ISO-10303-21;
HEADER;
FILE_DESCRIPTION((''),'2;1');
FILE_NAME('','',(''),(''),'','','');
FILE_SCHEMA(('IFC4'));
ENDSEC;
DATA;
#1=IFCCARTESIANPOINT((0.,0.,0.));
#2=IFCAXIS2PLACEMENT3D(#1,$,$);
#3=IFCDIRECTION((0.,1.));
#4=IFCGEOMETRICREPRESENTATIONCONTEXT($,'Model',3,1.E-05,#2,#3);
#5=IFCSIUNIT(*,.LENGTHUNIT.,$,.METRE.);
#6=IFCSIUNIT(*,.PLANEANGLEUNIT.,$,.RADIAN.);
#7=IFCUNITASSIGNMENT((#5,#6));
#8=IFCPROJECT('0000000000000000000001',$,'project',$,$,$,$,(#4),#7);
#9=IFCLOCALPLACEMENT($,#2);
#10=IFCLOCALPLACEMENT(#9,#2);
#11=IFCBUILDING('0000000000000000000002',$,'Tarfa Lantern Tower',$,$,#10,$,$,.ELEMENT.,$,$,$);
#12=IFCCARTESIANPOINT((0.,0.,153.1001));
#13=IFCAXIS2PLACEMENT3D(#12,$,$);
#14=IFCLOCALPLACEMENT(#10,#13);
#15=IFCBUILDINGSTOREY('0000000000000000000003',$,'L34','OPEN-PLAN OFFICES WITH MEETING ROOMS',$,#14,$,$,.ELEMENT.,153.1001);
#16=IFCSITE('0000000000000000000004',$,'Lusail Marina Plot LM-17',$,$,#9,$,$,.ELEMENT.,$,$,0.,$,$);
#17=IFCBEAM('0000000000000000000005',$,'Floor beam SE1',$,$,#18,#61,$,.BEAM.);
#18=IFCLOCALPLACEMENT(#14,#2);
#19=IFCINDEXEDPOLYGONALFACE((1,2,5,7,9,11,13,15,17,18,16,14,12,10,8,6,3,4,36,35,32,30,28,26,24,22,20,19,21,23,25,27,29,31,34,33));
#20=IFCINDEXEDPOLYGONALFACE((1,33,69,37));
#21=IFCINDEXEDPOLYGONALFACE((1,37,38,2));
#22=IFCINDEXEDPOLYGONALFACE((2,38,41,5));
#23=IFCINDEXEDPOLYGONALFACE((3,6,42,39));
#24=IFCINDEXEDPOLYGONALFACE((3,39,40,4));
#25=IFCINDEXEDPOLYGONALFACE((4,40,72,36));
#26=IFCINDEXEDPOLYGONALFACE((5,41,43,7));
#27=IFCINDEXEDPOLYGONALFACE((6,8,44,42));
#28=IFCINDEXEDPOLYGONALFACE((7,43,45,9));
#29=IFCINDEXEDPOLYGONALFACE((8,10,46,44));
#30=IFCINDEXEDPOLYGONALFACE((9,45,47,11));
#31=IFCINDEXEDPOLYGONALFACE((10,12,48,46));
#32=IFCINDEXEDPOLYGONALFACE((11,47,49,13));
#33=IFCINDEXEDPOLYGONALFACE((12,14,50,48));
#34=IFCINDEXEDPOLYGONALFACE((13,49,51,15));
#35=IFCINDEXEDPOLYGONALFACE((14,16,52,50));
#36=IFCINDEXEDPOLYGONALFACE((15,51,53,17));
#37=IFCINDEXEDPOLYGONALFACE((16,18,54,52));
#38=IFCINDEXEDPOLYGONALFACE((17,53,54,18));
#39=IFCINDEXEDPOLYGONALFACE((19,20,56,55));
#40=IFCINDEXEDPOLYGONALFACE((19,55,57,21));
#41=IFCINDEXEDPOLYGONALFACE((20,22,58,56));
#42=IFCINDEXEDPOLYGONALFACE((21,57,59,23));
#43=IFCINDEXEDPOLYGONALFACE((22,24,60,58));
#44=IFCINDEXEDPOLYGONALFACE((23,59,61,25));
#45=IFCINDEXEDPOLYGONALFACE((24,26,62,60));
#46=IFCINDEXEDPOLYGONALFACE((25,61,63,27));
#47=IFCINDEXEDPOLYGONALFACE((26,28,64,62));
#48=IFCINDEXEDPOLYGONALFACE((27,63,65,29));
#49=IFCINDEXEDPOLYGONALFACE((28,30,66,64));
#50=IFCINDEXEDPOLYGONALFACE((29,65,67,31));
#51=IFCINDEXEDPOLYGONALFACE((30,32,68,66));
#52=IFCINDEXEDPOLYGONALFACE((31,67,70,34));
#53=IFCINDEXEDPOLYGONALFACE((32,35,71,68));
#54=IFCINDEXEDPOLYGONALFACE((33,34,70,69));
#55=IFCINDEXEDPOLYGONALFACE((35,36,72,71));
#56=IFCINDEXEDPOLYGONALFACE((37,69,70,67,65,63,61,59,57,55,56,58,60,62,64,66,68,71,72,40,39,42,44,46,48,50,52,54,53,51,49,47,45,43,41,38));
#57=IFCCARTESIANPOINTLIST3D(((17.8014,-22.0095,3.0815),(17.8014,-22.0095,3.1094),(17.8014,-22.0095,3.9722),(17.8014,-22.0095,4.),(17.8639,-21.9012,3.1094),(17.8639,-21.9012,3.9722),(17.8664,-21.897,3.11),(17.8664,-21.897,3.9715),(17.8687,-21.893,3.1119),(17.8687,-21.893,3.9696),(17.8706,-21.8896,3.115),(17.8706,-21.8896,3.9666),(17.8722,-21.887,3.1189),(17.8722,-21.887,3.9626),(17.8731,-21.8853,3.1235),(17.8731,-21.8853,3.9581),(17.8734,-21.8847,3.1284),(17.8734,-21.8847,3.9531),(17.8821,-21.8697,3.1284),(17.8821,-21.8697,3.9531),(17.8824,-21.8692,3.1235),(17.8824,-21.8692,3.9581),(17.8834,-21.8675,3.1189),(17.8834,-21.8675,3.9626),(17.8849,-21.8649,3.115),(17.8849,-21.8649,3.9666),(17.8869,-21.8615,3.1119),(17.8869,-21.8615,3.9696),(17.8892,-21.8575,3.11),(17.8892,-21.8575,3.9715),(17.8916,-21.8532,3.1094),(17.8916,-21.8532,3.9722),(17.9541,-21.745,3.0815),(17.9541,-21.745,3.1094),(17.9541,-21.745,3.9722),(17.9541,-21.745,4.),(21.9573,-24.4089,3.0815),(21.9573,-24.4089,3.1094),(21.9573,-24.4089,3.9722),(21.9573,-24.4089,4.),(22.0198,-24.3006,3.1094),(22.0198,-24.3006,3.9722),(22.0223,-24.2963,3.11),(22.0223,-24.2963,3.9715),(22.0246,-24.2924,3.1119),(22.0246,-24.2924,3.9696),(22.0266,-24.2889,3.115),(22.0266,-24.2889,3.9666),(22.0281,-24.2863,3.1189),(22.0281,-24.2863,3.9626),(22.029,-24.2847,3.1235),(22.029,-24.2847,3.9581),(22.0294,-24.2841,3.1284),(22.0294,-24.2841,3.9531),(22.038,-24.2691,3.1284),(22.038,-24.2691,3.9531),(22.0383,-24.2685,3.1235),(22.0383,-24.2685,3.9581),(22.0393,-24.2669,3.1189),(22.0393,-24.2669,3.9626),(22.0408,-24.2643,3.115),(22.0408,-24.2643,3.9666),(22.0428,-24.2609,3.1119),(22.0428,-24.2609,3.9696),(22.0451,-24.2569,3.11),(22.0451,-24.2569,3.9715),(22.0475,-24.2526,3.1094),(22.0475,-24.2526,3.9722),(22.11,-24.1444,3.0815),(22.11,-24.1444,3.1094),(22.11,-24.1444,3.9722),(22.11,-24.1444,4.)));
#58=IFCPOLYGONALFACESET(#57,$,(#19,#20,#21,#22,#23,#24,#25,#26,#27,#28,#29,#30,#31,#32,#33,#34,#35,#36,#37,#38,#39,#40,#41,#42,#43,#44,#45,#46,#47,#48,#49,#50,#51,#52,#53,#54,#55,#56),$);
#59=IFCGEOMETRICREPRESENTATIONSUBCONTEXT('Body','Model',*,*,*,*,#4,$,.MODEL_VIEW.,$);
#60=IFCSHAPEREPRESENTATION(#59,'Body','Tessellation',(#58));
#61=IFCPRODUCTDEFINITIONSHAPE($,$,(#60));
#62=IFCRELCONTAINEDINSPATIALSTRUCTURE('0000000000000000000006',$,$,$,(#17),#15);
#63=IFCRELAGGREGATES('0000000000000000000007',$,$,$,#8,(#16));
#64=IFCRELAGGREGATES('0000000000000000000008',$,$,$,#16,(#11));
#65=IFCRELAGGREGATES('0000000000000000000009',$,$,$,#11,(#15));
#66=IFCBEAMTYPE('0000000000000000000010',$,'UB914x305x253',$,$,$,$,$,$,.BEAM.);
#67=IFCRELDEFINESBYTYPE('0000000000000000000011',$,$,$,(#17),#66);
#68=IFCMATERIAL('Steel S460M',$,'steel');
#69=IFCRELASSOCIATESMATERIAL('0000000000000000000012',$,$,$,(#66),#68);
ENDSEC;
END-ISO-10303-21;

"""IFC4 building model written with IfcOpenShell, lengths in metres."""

from ifc_helpers import new_model, si_unit, direction, frame, origin, origin_2d, place, context, subcontext, project, spatial, i_section, extrude, material, material_profile, profile_set, type_object, element, save


model = new_model("IFC4")

# Units and contexts
model_context = context("Model", 3, precision=1e-05, world=origin(), true_north=direction((0.0, 1.0)))
body_context = subcontext(model_context, "Body", "Model", "MODEL_VIEW")
ifc_project = project(units=[si_unit("LENGTHUNIT", "METRE"), si_unit("PLANEANGLEUNIT", "RADIAN")], contexts=[model_context])

# Site, building, storey
site_placement = place(None, origin())
site = spatial("IfcSite", under=ifc_project, at=site_placement, Name="Lusail Marina Plot LM-17", CompositionType="ELEMENT", RefElevation=0.0)
building_placement = place(site_placement, origin())
building = spatial("IfcBuilding", under=site, at=building_placement, Name="Tarfa Lantern Tower", CompositionType="ELEMENT")
storey_placement = place(building_placement, frame((0.0, 0.0, 153.1001)))
storey = spatial("IfcBuildingStorey", under=building, at=storey_placement, Name="L34", Description="OPEN-PLAN OFFICES WITH MEETING ROOMS", CompositionType="ELEMENT", Elevation=153.1001)

# Beam
ifc_material_1 = material(Name="Steel S460M", Category="steel")
ifc_material_profile_1 = material_profile(ifc_material_1, i_section(OverallWidth=0.3054, OverallDepth=0.9185, WebThickness=0.0173, FlangeThickness=0.0278, FilletRadius=0.019, at=origin_2d()), Name="UB914x305x253")
ifc_profile_set_1 = profile_set([ifc_material_profile_1], Name="Steel S460M")
beam_type_1 = type_object("IfcBeamType", Name="UB914x305x253", PredefinedType="BEAM", material=ifc_profile_set_1)
beam_1_placement = place(storey_placement, frame((22.0337, -24.2766, 3.5408), z_axis=(-0.866031, 0.499991, 0.0), x_axis=(-0.499991, -0.866031, 0.0)))
element("IfcBeam", 1, at=beam_1_placement, inside=storey, type_object=beam_type_1, Name="Floor beam SE1", PredefinedType="BEAM", context=body_context, shape_type="SweptSolid", body=[
    extrude(i_section(OverallWidth=0.3054, OverallDepth=0.9185, WebThickness=0.0173, FlangeThickness=0.0278, FilletRadius=0.019, at=origin_2d()), origin(), (0.0, 0.0, 1.0), 4.7988),
])

save(model, "model.ifc")
